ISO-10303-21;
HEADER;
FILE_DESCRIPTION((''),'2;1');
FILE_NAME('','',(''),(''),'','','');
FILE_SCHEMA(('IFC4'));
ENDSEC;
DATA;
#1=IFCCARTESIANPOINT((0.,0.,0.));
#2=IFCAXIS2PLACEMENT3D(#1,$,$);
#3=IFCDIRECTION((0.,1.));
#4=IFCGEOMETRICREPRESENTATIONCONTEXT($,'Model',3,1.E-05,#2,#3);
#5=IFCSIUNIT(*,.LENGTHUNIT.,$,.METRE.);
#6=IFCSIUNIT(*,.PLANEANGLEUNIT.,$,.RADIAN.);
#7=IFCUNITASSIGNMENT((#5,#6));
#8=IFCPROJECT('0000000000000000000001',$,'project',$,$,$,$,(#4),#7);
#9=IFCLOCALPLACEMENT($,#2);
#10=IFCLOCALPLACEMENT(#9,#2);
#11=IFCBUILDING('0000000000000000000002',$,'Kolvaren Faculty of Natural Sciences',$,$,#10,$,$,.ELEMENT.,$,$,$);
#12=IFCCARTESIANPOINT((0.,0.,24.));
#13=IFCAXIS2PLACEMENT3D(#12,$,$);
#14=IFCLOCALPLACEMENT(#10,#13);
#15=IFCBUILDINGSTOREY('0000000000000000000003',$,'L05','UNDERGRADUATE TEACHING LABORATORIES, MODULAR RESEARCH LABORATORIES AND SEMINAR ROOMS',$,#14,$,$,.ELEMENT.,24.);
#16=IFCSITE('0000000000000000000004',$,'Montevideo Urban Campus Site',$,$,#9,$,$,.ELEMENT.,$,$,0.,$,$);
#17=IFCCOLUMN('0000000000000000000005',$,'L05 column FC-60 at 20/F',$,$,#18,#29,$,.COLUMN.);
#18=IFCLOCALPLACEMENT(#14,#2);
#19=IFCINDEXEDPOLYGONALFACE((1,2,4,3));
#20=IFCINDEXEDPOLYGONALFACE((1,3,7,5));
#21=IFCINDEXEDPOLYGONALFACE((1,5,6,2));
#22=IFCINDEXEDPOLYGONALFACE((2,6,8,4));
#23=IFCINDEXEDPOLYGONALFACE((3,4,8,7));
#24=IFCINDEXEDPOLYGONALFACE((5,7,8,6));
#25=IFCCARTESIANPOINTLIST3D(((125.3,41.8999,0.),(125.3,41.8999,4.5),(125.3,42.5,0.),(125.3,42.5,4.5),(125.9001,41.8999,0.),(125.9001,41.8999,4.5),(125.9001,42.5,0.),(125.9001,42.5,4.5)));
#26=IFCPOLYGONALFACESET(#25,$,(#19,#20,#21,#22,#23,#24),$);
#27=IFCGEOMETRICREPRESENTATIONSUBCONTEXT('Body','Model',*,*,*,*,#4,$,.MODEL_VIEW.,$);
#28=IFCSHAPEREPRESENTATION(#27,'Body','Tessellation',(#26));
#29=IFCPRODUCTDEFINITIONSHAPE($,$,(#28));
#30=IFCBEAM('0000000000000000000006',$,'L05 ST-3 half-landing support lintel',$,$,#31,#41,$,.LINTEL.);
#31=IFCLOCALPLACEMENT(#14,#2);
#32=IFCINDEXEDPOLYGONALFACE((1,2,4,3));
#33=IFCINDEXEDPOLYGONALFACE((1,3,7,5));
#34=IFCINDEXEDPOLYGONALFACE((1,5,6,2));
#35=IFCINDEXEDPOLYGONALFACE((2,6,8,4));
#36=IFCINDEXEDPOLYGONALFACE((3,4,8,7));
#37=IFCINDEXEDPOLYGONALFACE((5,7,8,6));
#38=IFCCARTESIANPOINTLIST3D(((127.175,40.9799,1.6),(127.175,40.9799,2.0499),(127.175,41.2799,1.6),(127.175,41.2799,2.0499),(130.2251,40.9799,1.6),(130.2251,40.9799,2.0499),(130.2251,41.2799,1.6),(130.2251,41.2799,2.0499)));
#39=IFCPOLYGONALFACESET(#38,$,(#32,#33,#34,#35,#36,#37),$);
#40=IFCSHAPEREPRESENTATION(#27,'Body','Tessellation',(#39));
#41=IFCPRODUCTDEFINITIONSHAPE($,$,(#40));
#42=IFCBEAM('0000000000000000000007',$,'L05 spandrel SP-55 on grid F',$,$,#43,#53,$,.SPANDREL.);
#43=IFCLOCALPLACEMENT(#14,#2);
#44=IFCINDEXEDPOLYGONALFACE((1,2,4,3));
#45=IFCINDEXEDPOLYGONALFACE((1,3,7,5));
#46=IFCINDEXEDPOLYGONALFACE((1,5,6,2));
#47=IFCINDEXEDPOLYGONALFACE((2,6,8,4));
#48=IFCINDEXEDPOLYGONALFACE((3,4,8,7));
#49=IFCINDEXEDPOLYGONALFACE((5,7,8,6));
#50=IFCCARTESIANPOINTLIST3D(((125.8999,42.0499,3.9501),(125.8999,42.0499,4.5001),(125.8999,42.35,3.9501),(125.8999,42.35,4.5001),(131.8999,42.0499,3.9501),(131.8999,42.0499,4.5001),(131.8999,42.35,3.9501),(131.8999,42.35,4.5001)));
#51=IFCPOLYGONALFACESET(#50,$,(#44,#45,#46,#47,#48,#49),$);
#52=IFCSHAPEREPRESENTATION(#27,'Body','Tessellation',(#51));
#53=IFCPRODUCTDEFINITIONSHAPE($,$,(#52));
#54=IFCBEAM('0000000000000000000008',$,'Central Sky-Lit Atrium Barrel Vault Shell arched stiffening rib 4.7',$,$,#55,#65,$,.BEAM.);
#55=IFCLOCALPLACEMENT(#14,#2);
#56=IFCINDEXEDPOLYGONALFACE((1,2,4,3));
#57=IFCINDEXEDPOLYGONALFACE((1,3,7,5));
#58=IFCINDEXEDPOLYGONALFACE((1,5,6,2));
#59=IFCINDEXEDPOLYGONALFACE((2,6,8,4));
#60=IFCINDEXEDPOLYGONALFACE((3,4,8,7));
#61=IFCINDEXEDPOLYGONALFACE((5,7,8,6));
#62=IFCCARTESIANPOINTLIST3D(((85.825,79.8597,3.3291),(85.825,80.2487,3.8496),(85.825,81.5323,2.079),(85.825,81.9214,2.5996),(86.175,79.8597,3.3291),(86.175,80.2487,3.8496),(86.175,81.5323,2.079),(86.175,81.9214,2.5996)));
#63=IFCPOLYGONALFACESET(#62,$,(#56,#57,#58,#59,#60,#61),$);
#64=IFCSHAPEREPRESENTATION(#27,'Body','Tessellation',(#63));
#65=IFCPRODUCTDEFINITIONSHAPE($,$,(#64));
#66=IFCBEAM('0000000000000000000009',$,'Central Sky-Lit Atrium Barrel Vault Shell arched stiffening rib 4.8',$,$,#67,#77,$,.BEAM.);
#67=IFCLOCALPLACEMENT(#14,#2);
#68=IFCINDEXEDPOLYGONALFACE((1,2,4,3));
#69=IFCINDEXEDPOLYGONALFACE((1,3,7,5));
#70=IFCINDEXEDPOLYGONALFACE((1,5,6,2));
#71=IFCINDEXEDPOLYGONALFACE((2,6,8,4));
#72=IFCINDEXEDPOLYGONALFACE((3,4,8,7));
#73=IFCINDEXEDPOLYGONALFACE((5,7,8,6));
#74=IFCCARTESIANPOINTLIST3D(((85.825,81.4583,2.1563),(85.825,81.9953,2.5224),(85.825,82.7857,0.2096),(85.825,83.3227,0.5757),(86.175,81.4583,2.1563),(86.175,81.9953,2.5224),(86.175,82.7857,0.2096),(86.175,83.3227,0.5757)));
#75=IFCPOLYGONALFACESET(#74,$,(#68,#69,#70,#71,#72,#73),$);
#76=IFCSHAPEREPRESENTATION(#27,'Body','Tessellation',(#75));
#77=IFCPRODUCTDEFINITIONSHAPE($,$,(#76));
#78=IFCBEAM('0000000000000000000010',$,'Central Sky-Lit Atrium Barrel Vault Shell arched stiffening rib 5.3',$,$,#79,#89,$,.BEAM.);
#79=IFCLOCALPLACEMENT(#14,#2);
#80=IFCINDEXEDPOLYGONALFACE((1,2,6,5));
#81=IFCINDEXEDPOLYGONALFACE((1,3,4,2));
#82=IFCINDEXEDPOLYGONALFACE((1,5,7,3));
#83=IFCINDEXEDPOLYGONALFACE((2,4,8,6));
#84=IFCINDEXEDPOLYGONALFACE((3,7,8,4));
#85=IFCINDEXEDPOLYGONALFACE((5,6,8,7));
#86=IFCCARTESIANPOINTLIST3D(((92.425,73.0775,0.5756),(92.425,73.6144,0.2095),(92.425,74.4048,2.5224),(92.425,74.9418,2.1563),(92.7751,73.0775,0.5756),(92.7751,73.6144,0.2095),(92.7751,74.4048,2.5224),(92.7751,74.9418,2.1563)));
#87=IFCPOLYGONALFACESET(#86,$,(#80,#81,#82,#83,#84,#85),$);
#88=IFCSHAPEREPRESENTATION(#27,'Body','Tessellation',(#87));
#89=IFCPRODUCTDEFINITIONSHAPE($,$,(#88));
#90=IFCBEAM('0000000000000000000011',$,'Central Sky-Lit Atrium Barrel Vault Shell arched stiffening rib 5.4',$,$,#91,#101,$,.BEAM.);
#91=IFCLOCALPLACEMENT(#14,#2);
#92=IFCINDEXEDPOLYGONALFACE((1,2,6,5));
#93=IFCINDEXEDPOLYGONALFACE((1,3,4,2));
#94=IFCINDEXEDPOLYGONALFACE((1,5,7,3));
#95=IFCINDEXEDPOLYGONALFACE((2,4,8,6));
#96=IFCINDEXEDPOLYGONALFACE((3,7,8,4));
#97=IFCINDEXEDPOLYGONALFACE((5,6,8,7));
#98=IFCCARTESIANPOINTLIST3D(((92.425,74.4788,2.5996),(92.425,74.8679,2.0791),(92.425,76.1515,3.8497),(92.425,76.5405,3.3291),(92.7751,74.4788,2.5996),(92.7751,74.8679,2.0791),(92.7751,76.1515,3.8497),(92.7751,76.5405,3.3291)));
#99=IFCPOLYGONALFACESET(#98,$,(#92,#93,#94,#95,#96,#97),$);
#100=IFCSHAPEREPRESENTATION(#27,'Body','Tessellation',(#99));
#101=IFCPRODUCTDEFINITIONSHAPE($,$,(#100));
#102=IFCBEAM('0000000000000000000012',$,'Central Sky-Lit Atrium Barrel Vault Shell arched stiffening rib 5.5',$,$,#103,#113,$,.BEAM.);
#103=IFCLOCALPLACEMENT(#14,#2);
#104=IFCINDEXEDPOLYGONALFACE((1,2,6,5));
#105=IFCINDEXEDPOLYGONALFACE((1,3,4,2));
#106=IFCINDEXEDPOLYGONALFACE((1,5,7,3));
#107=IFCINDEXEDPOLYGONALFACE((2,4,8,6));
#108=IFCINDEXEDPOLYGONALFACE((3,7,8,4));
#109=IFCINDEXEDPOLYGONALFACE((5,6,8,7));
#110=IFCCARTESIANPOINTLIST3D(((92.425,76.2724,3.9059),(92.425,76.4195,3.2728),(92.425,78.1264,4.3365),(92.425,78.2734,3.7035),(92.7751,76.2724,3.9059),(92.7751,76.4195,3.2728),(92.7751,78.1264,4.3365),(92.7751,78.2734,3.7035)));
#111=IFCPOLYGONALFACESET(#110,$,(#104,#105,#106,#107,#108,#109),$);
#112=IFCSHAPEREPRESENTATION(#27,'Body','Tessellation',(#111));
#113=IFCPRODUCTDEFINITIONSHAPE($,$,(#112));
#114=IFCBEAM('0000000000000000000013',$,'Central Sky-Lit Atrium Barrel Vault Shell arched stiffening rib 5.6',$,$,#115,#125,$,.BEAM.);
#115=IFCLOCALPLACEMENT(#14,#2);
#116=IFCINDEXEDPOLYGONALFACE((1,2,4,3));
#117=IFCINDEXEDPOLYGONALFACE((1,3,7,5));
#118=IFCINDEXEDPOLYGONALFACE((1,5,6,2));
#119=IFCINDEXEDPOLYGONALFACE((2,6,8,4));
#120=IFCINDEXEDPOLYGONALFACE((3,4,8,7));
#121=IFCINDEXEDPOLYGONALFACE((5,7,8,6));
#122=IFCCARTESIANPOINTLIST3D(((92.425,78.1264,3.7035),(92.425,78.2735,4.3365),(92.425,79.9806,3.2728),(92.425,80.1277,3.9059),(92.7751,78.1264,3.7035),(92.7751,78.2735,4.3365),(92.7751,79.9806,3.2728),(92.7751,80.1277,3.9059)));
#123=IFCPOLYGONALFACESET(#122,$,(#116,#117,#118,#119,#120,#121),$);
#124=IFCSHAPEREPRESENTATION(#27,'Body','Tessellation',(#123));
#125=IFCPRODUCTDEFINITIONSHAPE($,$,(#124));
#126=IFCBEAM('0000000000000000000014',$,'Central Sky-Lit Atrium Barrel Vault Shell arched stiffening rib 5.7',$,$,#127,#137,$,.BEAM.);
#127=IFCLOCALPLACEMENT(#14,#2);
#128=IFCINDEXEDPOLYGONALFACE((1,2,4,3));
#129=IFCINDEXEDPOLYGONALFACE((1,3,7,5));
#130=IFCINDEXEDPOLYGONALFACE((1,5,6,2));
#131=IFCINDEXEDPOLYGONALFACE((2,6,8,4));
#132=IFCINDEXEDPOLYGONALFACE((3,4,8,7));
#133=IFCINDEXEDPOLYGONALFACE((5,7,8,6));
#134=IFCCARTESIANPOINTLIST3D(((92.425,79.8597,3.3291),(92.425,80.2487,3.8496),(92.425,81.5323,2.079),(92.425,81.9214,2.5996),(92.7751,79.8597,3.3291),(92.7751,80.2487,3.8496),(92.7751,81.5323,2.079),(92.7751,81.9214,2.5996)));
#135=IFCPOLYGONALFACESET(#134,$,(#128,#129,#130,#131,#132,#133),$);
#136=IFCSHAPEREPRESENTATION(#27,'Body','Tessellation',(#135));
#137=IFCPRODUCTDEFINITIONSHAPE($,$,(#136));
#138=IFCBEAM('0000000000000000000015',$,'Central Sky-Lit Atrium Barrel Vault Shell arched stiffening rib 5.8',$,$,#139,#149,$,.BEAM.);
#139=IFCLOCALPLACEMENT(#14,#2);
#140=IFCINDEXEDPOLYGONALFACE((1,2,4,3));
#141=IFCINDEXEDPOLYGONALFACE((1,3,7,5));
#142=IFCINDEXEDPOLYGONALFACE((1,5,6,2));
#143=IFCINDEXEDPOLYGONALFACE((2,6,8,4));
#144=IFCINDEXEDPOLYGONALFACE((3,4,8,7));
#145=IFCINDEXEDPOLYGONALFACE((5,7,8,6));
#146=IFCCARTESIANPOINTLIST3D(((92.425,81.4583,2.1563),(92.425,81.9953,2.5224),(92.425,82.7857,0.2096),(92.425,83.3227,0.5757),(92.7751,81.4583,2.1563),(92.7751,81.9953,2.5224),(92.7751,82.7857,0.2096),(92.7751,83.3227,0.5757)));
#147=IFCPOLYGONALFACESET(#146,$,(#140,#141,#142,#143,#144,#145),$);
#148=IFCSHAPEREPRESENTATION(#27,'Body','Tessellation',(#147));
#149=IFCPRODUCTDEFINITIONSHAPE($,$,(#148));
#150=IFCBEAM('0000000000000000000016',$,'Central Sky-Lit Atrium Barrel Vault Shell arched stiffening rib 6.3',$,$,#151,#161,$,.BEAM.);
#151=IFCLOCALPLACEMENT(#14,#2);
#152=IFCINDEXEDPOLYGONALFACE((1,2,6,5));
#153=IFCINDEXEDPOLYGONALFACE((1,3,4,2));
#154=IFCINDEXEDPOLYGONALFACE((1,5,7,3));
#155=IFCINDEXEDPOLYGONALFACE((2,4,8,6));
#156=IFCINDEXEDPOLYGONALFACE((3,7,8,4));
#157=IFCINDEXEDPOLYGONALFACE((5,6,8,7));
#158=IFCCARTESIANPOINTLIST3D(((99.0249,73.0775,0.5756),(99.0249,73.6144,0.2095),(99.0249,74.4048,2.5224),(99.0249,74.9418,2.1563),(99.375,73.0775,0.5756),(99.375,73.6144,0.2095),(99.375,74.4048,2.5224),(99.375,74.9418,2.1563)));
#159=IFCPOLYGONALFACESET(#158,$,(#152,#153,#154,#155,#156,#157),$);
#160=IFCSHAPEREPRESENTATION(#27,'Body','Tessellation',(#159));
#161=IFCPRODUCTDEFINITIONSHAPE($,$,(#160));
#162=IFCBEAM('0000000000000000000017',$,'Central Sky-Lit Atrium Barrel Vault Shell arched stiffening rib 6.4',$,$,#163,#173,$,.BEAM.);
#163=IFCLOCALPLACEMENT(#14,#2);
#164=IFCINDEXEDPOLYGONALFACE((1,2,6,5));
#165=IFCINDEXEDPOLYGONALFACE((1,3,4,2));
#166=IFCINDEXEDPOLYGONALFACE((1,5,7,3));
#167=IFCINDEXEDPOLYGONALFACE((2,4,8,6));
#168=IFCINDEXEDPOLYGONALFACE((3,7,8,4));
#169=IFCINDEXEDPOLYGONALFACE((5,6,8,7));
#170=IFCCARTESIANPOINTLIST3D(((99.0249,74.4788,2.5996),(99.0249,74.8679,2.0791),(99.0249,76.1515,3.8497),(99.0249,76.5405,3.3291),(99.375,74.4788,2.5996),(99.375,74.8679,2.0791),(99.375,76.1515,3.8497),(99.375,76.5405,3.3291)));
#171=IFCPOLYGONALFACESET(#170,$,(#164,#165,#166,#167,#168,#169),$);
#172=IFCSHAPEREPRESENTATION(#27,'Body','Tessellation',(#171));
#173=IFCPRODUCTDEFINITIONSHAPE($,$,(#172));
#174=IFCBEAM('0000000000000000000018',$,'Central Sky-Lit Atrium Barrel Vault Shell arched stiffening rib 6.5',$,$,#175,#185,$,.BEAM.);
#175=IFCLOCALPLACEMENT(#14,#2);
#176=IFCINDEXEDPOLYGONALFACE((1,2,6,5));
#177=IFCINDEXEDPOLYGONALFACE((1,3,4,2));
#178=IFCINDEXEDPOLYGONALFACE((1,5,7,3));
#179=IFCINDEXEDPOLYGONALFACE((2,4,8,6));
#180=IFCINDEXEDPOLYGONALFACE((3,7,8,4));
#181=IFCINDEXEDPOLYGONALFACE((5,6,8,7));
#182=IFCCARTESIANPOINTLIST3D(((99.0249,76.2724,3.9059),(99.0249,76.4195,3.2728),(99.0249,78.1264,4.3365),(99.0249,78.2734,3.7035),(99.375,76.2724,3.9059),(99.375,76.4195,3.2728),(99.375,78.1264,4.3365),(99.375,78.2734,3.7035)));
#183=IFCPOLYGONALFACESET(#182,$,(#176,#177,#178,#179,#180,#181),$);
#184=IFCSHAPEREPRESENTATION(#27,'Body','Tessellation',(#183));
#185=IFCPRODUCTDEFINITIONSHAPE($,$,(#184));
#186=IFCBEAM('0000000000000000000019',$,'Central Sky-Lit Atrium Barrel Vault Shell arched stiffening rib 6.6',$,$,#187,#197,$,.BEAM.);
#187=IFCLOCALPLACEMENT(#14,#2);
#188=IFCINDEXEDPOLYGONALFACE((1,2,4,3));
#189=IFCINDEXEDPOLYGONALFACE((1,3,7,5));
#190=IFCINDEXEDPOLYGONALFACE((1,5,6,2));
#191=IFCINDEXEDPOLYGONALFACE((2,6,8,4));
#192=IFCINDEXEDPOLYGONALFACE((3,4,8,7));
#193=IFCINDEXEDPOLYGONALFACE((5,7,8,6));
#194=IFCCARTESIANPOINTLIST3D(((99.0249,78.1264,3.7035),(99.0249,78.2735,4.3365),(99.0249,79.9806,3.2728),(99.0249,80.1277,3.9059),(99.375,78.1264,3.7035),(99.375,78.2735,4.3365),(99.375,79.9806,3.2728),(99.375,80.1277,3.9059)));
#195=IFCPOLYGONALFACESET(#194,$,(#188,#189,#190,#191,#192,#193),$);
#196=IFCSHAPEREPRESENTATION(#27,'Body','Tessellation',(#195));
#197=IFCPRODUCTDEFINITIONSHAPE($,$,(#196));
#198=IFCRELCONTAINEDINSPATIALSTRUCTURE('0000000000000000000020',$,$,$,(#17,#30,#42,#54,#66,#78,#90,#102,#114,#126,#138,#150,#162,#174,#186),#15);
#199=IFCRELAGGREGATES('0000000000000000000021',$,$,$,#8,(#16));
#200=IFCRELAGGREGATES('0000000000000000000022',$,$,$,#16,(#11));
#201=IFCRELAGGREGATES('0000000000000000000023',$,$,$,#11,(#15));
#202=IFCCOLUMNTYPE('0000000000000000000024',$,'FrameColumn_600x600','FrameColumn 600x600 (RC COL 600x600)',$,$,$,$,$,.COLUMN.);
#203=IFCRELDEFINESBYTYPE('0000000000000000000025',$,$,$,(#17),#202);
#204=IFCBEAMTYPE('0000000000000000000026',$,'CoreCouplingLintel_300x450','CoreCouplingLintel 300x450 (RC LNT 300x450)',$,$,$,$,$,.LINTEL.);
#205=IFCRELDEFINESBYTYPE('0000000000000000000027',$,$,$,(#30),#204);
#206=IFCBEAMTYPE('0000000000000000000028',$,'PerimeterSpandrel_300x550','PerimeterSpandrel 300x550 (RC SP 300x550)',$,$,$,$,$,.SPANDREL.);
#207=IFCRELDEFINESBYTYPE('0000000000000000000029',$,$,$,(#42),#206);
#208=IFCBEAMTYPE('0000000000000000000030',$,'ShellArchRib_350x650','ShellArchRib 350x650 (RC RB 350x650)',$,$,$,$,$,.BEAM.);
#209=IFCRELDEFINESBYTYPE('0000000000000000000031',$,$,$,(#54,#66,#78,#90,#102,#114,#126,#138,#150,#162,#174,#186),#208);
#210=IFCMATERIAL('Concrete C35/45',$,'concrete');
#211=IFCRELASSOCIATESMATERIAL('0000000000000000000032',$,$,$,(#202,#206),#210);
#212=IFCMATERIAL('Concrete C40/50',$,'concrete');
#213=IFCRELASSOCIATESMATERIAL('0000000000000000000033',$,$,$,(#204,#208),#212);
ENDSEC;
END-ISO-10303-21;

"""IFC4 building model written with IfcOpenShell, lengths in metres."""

from ifc_helpers import new_model, si_unit, direction, frame, origin, origin_2d, place, context, subcontext, project, spatial, rectangle, extrude, material, material_profile, profile_set, type_object, element, save


model = new_model("IFC4")

# Units and contexts
model_context = context("Model", 3, precision=1e-05, world=origin(), true_north=direction((0.0, 1.0)))
body_context = subcontext(model_context, "Body", "Model", "MODEL_VIEW")
ifc_project = project(units=[si_unit("LENGTHUNIT", "METRE"), si_unit("PLANEANGLEUNIT", "RADIAN")], contexts=[model_context])

# Site, building, storey
site_placement = place(None, origin())
site = spatial("IfcSite", under=ifc_project, at=site_placement, Name="Montevideo Urban Campus Site", CompositionType="ELEMENT", RefElevation=0.0)
building_placement = place(site_placement, origin())
building = spatial("IfcBuilding", under=site, at=building_placement, Name="Kolvaren Faculty of Natural Sciences", CompositionType="ELEMENT")
storey_placement = place(building_placement, frame((0.0, 0.0, 24.0)))
storey = spatial("IfcBuildingStorey", under=building, at=storey_placement, Name="L05", Description="UNDERGRADUATE TEACHING LABORATORIES, MODULAR RESEARCH LABORATORIES AND SEMINAR ROOMS", CompositionType="ELEMENT", Elevation=24.0)

# Column
ifc_material_1 = material(Name="Concrete C35/45", Category="concrete")
ifc_material_profile_1 = material_profile(ifc_material_1, rectangle(XDim=0.6001, YDim=0.6001, at=origin_2d()), Name="RC COL 600x600")
ifc_profile_set_1 = profile_set([ifc_material_profile_1], Name="Concrete C35/45")
column_type = type_object("IfcColumnType", Name="FrameColumn_600x600", Description="FrameColumn 600x600 (RC COL 600x600)", PredefinedType="COLUMN", material=ifc_profile_set_1)
column_placement = place(storey_placement, frame((125.6001, 42.2, 0.0), z_axis=(0.0, 0.0, 1.0), x_axis=(1.0, 0.0, 0.0)))
element("IfcColumn", 1, at=column_placement, inside=storey, type_object=column_type, Name="L05 column FC-60 at 20/F", PredefinedType="COLUMN", context=body_context, shape_type="SweptSolid", body=[
    extrude(rectangle(XDim=0.6001, YDim=0.6001, at=origin_2d()), origin(), (0.0, 0.0, 1.0), 4.5),
])

# Beams
ifc_material_2 = material(Name="Concrete C40/50", Category="concrete")
ifc_material_profile_2 = material_profile(ifc_material_2, rectangle(XDim=0.3, YDim=0.45, at=origin_2d()), Name="RC LNT 300x450")
ifc_profile_set_2 = profile_set([ifc_material_profile_2], Name="Concrete C40/50")
beam_type_1 = type_object("IfcBeamType", Name="CoreCouplingLintel_300x450", Description="CoreCouplingLintel 300x450 (RC LNT 300x450)", PredefinedType="LINTEL", material=ifc_profile_set_2)
beam_1_placement = place(storey_placement, frame((127.175, 41.1299, 1.825), z_axis=(1.0, 0.0, 0.0), x_axis=(0.0, 1.0, 0.0)))
element("IfcBeam", 2, at=beam_1_placement, inside=storey, type_object=beam_type_1, Name="L05 ST-3 half-landing support lintel", PredefinedType="LINTEL", context=body_context, shape_type="SweptSolid", body=[
    extrude(rectangle(XDim=0.3, YDim=0.45, at=origin_2d()), origin(), (0.0, 0.0, 1.0), 3.05),
])
ifc_material_profile_3 = material_profile(ifc_material_1, rectangle(XDim=0.3, YDim=0.55, at=origin_2d()), Name="RC SP 300x550")
ifc_profile_set_3 = profile_set([ifc_material_profile_3], Name="Concrete C35/45")
beam_type_2 = type_object("IfcBeamType", Name="PerimeterSpandrel_300x550", Description="PerimeterSpandrel 300x550 (RC SP 300x550)", PredefinedType="SPANDREL", material=ifc_profile_set_3)
beam_2_placement = place(storey_placement, frame((125.8999, 42.2, 4.2251), z_axis=(1.0, 0.0, 0.0), x_axis=(0.0, 1.0, 0.0)))
element("IfcBeam", 3, at=beam_2_placement, inside=storey, type_object=beam_type_2, Name="L05 spandrel SP-55 on grid F", PredefinedType="SPANDREL", context=body_context, shape_type="SweptSolid", body=[
    extrude(rectangle(XDim=0.3, YDim=0.55, at=origin_2d()), origin(), (0.0, 0.0, 1.0), 6.0),
])
ifc_material_profile_4 = material_profile(ifc_material_2, rectangle(XDim=0.3501, YDim=0.6499, at=origin_2d()), Name="RC RB 350x650")
ifc_profile_set_4 = profile_set([ifc_material_profile_4], Name="Concrete C40/50")
beam_type_3 = type_object("IfcBeamType", Name="ShellArchRib_350x650", Description="ShellArchRib 350x650 (RC RB 350x650)", PredefinedType="BEAM", material=ifc_profile_set_4)
beam_3_placement = place(storey_placement, frame((86.0, 80.0542, 3.5894), z_axis=(0.0, 0.801023, -0.598633), x_axis=(-1.0, 0.0, 0.0)))
element("IfcBeam", 4, at=beam_3_placement, inside=storey, type_object=beam_type_3, Name="Central Sky-Lit Atrium Barrel Vault Shell arched stiffening rib 4.7", PredefinedType="BEAM", context=body_context, shape_type="SweptSolid", body=[
    extrude(rectangle(XDim=0.3501, YDim=0.6499, at=origin_2d()), origin(), (0.0, 0.0, 1.0), 2.0881),
])
for number, where, z_axis, x_axis, name in (
    (5, (86.0, 81.7268, 2.3394), (0.0, 0.56335, -0.826219), (-1.0, 0.0, 0.0), "Central Sky-Lit Atrium Barrel Vault Shell arched stiffening rib 4.8"),
    (6, (92.6001, 73.3459, 0.3926), (0.0, 0.56335, 0.826219), (-1.0, 0.0, 0.0), "Central Sky-Lit Atrium Barrel Vault Shell arched stiffening rib 5.3"),
):
    element("IfcBeam", number, at=place(storey_placement, frame(where, z_axis=z_axis, x_axis=x_axis)), inside=storey, type_object=beam_type_3, Name=name, PredefinedType="BEAM", context=body_context, shape_type="SweptSolid", body=[
        extrude(rectangle(XDim=0.3501, YDim=0.6499, at=origin_2d()), origin(), (0.0, 0.0, 1.0), 2.3562),
    ])
beam_4_placement = place(storey_placement, frame((92.6001, 74.6733, 2.3394), z_axis=(0.0, 0.801023, 0.598633), x_axis=(-1.0, 0.0, 0.0)))
element("IfcBeam", 7, at=beam_4_placement, inside=storey, type_object=beam_type_3, Name="Central Sky-Lit Atrium Barrel Vault Shell arched stiffening rib 5.4", PredefinedType="BEAM", context=body_context, shape_type="SweptSolid", body=[
    extrude(rectangle(XDim=0.3501, YDim=0.6499, at=origin_2d()), origin(), (0.0, 0.0, 1.0), 2.0881),
])
beam_5_placement = place(storey_placement, frame((92.6001, 76.3459, 3.5894), z_axis=(0.0, 0.974066, 0.226264), x_axis=(-1.0, 0.0, 0.0)))
element("IfcBeam", 8, at=beam_5_placement, inside=storey, type_object=beam_type_3, Name="Central Sky-Lit Atrium Barrel Vault Shell arched stiffening rib 5.5", PredefinedType="BEAM", context=body_context, shape_type="SweptSolid", body=[
    extrude(rectangle(XDim=0.3501, YDim=0.6499, at=origin_2d()), origin(), (0.0, 0.0, 1.0), 1.9033),
])
beam_6_placement = place(storey_placement, frame((92.6001, 78.2, 4.02), z_axis=(0.0, 0.974072, -0.226236), x_axis=(-1.0, 0.0, 0.0)))
element("IfcBeam", 9, at=beam_6_placement, inside=storey, type_object=beam_type_3, Name="Central Sky-Lit Atrium Barrel Vault Shell arched stiffening rib 5.6", PredefinedType="BEAM", context=body_context, shape_type="SweptSolid", body=[
    extrude(rectangle(XDim=0.3501, YDim=0.6499, at=origin_2d()), origin(), (0.0, 0.0, 1.0), 1.9036),
])
beam_7_placement = place(storey_placement, frame((92.6001, 80.0542, 3.5894), z_axis=(0.0, 0.801023, -0.598633), x_axis=(-1.0, 0.0, 0.0)))
element("IfcBeam", 10, at=beam_7_placement, inside=storey, type_object=beam_type_3, Name="Central Sky-Lit Atrium Barrel Vault Shell arched stiffening rib 5.7", PredefinedType="BEAM", context=body_context, shape_type="SweptSolid", body=[
    extrude(rectangle(XDim=0.3501, YDim=0.6499, at=origin_2d()), origin(), (0.0, 0.0, 1.0), 2.0881),
])
for number, where, z_axis, x_axis, name in (
    (11, (92.6001, 81.7268, 2.3394), (0.0, 0.56335, -0.826219), (-1.0, 0.0, 0.0), "Central Sky-Lit Atrium Barrel Vault Shell arched stiffening rib 5.8"),
    (12, (99.2, 73.3459, 0.3926), (0.0, 0.56335, 0.826219), (-1.0, 0.0, 0.0), "Central Sky-Lit Atrium Barrel Vault Shell arched stiffening rib 6.3"),
):
    element("IfcBeam", number, at=place(storey_placement, frame(where, z_axis=z_axis, x_axis=x_axis)), inside=storey, type_object=beam_type_3, Name=name, PredefinedType="BEAM", context=body_context, shape_type="SweptSolid", body=[
        extrude(rectangle(XDim=0.3501, YDim=0.6499, at=origin_2d()), origin(), (0.0, 0.0, 1.0), 2.3562),
    ])
beam_8_placement = place(storey_placement, frame((99.2, 74.6733, 2.3394), z_axis=(0.0, 0.801023, 0.598633), x_axis=(-1.0, 0.0, 0.0)))
element("IfcBeam", 13, at=beam_8_placement, inside=storey, type_object=beam_type_3, Name="Central Sky-Lit Atrium Barrel Vault Shell arched stiffening rib 6.4", PredefinedType="BEAM", context=body_context, shape_type="SweptSolid", body=[
    extrude(rectangle(XDim=0.3501, YDim=0.6499, at=origin_2d()), origin(), (0.0, 0.0, 1.0), 2.0881),
])
beam_9_placement = place(storey_placement, frame((99.2, 76.3459, 3.5894), z_axis=(0.0, 0.974066, 0.226264), x_axis=(-1.0, 0.0, 0.0)))
element("IfcBeam", 14, at=beam_9_placement, inside=storey, type_object=beam_type_3, Name="Central Sky-Lit Atrium Barrel Vault Shell arched stiffening rib 6.5", PredefinedType="BEAM", context=body_context, shape_type="SweptSolid", body=[
    extrude(rectangle(XDim=0.3501, YDim=0.6499, at=origin_2d()), origin(), (0.0, 0.0, 1.0), 1.9033),
])
beam_10_placement = place(storey_placement, frame((99.2, 78.2, 4.02), z_axis=(0.0, 0.974072, -0.226236), x_axis=(-1.0, 0.0, 0.0)))
element("IfcBeam", 15, at=beam_10_placement, inside=storey, type_object=beam_type_3, Name="Central Sky-Lit Atrium Barrel Vault Shell arched stiffening rib 6.6", PredefinedType="BEAM", context=body_context, shape_type="SweptSolid", body=[
    extrude(rectangle(XDim=0.3501, YDim=0.6499, at=origin_2d()), origin(), (0.0, 0.0, 1.0), 1.9036),
])

save(model, "model.ifc")
